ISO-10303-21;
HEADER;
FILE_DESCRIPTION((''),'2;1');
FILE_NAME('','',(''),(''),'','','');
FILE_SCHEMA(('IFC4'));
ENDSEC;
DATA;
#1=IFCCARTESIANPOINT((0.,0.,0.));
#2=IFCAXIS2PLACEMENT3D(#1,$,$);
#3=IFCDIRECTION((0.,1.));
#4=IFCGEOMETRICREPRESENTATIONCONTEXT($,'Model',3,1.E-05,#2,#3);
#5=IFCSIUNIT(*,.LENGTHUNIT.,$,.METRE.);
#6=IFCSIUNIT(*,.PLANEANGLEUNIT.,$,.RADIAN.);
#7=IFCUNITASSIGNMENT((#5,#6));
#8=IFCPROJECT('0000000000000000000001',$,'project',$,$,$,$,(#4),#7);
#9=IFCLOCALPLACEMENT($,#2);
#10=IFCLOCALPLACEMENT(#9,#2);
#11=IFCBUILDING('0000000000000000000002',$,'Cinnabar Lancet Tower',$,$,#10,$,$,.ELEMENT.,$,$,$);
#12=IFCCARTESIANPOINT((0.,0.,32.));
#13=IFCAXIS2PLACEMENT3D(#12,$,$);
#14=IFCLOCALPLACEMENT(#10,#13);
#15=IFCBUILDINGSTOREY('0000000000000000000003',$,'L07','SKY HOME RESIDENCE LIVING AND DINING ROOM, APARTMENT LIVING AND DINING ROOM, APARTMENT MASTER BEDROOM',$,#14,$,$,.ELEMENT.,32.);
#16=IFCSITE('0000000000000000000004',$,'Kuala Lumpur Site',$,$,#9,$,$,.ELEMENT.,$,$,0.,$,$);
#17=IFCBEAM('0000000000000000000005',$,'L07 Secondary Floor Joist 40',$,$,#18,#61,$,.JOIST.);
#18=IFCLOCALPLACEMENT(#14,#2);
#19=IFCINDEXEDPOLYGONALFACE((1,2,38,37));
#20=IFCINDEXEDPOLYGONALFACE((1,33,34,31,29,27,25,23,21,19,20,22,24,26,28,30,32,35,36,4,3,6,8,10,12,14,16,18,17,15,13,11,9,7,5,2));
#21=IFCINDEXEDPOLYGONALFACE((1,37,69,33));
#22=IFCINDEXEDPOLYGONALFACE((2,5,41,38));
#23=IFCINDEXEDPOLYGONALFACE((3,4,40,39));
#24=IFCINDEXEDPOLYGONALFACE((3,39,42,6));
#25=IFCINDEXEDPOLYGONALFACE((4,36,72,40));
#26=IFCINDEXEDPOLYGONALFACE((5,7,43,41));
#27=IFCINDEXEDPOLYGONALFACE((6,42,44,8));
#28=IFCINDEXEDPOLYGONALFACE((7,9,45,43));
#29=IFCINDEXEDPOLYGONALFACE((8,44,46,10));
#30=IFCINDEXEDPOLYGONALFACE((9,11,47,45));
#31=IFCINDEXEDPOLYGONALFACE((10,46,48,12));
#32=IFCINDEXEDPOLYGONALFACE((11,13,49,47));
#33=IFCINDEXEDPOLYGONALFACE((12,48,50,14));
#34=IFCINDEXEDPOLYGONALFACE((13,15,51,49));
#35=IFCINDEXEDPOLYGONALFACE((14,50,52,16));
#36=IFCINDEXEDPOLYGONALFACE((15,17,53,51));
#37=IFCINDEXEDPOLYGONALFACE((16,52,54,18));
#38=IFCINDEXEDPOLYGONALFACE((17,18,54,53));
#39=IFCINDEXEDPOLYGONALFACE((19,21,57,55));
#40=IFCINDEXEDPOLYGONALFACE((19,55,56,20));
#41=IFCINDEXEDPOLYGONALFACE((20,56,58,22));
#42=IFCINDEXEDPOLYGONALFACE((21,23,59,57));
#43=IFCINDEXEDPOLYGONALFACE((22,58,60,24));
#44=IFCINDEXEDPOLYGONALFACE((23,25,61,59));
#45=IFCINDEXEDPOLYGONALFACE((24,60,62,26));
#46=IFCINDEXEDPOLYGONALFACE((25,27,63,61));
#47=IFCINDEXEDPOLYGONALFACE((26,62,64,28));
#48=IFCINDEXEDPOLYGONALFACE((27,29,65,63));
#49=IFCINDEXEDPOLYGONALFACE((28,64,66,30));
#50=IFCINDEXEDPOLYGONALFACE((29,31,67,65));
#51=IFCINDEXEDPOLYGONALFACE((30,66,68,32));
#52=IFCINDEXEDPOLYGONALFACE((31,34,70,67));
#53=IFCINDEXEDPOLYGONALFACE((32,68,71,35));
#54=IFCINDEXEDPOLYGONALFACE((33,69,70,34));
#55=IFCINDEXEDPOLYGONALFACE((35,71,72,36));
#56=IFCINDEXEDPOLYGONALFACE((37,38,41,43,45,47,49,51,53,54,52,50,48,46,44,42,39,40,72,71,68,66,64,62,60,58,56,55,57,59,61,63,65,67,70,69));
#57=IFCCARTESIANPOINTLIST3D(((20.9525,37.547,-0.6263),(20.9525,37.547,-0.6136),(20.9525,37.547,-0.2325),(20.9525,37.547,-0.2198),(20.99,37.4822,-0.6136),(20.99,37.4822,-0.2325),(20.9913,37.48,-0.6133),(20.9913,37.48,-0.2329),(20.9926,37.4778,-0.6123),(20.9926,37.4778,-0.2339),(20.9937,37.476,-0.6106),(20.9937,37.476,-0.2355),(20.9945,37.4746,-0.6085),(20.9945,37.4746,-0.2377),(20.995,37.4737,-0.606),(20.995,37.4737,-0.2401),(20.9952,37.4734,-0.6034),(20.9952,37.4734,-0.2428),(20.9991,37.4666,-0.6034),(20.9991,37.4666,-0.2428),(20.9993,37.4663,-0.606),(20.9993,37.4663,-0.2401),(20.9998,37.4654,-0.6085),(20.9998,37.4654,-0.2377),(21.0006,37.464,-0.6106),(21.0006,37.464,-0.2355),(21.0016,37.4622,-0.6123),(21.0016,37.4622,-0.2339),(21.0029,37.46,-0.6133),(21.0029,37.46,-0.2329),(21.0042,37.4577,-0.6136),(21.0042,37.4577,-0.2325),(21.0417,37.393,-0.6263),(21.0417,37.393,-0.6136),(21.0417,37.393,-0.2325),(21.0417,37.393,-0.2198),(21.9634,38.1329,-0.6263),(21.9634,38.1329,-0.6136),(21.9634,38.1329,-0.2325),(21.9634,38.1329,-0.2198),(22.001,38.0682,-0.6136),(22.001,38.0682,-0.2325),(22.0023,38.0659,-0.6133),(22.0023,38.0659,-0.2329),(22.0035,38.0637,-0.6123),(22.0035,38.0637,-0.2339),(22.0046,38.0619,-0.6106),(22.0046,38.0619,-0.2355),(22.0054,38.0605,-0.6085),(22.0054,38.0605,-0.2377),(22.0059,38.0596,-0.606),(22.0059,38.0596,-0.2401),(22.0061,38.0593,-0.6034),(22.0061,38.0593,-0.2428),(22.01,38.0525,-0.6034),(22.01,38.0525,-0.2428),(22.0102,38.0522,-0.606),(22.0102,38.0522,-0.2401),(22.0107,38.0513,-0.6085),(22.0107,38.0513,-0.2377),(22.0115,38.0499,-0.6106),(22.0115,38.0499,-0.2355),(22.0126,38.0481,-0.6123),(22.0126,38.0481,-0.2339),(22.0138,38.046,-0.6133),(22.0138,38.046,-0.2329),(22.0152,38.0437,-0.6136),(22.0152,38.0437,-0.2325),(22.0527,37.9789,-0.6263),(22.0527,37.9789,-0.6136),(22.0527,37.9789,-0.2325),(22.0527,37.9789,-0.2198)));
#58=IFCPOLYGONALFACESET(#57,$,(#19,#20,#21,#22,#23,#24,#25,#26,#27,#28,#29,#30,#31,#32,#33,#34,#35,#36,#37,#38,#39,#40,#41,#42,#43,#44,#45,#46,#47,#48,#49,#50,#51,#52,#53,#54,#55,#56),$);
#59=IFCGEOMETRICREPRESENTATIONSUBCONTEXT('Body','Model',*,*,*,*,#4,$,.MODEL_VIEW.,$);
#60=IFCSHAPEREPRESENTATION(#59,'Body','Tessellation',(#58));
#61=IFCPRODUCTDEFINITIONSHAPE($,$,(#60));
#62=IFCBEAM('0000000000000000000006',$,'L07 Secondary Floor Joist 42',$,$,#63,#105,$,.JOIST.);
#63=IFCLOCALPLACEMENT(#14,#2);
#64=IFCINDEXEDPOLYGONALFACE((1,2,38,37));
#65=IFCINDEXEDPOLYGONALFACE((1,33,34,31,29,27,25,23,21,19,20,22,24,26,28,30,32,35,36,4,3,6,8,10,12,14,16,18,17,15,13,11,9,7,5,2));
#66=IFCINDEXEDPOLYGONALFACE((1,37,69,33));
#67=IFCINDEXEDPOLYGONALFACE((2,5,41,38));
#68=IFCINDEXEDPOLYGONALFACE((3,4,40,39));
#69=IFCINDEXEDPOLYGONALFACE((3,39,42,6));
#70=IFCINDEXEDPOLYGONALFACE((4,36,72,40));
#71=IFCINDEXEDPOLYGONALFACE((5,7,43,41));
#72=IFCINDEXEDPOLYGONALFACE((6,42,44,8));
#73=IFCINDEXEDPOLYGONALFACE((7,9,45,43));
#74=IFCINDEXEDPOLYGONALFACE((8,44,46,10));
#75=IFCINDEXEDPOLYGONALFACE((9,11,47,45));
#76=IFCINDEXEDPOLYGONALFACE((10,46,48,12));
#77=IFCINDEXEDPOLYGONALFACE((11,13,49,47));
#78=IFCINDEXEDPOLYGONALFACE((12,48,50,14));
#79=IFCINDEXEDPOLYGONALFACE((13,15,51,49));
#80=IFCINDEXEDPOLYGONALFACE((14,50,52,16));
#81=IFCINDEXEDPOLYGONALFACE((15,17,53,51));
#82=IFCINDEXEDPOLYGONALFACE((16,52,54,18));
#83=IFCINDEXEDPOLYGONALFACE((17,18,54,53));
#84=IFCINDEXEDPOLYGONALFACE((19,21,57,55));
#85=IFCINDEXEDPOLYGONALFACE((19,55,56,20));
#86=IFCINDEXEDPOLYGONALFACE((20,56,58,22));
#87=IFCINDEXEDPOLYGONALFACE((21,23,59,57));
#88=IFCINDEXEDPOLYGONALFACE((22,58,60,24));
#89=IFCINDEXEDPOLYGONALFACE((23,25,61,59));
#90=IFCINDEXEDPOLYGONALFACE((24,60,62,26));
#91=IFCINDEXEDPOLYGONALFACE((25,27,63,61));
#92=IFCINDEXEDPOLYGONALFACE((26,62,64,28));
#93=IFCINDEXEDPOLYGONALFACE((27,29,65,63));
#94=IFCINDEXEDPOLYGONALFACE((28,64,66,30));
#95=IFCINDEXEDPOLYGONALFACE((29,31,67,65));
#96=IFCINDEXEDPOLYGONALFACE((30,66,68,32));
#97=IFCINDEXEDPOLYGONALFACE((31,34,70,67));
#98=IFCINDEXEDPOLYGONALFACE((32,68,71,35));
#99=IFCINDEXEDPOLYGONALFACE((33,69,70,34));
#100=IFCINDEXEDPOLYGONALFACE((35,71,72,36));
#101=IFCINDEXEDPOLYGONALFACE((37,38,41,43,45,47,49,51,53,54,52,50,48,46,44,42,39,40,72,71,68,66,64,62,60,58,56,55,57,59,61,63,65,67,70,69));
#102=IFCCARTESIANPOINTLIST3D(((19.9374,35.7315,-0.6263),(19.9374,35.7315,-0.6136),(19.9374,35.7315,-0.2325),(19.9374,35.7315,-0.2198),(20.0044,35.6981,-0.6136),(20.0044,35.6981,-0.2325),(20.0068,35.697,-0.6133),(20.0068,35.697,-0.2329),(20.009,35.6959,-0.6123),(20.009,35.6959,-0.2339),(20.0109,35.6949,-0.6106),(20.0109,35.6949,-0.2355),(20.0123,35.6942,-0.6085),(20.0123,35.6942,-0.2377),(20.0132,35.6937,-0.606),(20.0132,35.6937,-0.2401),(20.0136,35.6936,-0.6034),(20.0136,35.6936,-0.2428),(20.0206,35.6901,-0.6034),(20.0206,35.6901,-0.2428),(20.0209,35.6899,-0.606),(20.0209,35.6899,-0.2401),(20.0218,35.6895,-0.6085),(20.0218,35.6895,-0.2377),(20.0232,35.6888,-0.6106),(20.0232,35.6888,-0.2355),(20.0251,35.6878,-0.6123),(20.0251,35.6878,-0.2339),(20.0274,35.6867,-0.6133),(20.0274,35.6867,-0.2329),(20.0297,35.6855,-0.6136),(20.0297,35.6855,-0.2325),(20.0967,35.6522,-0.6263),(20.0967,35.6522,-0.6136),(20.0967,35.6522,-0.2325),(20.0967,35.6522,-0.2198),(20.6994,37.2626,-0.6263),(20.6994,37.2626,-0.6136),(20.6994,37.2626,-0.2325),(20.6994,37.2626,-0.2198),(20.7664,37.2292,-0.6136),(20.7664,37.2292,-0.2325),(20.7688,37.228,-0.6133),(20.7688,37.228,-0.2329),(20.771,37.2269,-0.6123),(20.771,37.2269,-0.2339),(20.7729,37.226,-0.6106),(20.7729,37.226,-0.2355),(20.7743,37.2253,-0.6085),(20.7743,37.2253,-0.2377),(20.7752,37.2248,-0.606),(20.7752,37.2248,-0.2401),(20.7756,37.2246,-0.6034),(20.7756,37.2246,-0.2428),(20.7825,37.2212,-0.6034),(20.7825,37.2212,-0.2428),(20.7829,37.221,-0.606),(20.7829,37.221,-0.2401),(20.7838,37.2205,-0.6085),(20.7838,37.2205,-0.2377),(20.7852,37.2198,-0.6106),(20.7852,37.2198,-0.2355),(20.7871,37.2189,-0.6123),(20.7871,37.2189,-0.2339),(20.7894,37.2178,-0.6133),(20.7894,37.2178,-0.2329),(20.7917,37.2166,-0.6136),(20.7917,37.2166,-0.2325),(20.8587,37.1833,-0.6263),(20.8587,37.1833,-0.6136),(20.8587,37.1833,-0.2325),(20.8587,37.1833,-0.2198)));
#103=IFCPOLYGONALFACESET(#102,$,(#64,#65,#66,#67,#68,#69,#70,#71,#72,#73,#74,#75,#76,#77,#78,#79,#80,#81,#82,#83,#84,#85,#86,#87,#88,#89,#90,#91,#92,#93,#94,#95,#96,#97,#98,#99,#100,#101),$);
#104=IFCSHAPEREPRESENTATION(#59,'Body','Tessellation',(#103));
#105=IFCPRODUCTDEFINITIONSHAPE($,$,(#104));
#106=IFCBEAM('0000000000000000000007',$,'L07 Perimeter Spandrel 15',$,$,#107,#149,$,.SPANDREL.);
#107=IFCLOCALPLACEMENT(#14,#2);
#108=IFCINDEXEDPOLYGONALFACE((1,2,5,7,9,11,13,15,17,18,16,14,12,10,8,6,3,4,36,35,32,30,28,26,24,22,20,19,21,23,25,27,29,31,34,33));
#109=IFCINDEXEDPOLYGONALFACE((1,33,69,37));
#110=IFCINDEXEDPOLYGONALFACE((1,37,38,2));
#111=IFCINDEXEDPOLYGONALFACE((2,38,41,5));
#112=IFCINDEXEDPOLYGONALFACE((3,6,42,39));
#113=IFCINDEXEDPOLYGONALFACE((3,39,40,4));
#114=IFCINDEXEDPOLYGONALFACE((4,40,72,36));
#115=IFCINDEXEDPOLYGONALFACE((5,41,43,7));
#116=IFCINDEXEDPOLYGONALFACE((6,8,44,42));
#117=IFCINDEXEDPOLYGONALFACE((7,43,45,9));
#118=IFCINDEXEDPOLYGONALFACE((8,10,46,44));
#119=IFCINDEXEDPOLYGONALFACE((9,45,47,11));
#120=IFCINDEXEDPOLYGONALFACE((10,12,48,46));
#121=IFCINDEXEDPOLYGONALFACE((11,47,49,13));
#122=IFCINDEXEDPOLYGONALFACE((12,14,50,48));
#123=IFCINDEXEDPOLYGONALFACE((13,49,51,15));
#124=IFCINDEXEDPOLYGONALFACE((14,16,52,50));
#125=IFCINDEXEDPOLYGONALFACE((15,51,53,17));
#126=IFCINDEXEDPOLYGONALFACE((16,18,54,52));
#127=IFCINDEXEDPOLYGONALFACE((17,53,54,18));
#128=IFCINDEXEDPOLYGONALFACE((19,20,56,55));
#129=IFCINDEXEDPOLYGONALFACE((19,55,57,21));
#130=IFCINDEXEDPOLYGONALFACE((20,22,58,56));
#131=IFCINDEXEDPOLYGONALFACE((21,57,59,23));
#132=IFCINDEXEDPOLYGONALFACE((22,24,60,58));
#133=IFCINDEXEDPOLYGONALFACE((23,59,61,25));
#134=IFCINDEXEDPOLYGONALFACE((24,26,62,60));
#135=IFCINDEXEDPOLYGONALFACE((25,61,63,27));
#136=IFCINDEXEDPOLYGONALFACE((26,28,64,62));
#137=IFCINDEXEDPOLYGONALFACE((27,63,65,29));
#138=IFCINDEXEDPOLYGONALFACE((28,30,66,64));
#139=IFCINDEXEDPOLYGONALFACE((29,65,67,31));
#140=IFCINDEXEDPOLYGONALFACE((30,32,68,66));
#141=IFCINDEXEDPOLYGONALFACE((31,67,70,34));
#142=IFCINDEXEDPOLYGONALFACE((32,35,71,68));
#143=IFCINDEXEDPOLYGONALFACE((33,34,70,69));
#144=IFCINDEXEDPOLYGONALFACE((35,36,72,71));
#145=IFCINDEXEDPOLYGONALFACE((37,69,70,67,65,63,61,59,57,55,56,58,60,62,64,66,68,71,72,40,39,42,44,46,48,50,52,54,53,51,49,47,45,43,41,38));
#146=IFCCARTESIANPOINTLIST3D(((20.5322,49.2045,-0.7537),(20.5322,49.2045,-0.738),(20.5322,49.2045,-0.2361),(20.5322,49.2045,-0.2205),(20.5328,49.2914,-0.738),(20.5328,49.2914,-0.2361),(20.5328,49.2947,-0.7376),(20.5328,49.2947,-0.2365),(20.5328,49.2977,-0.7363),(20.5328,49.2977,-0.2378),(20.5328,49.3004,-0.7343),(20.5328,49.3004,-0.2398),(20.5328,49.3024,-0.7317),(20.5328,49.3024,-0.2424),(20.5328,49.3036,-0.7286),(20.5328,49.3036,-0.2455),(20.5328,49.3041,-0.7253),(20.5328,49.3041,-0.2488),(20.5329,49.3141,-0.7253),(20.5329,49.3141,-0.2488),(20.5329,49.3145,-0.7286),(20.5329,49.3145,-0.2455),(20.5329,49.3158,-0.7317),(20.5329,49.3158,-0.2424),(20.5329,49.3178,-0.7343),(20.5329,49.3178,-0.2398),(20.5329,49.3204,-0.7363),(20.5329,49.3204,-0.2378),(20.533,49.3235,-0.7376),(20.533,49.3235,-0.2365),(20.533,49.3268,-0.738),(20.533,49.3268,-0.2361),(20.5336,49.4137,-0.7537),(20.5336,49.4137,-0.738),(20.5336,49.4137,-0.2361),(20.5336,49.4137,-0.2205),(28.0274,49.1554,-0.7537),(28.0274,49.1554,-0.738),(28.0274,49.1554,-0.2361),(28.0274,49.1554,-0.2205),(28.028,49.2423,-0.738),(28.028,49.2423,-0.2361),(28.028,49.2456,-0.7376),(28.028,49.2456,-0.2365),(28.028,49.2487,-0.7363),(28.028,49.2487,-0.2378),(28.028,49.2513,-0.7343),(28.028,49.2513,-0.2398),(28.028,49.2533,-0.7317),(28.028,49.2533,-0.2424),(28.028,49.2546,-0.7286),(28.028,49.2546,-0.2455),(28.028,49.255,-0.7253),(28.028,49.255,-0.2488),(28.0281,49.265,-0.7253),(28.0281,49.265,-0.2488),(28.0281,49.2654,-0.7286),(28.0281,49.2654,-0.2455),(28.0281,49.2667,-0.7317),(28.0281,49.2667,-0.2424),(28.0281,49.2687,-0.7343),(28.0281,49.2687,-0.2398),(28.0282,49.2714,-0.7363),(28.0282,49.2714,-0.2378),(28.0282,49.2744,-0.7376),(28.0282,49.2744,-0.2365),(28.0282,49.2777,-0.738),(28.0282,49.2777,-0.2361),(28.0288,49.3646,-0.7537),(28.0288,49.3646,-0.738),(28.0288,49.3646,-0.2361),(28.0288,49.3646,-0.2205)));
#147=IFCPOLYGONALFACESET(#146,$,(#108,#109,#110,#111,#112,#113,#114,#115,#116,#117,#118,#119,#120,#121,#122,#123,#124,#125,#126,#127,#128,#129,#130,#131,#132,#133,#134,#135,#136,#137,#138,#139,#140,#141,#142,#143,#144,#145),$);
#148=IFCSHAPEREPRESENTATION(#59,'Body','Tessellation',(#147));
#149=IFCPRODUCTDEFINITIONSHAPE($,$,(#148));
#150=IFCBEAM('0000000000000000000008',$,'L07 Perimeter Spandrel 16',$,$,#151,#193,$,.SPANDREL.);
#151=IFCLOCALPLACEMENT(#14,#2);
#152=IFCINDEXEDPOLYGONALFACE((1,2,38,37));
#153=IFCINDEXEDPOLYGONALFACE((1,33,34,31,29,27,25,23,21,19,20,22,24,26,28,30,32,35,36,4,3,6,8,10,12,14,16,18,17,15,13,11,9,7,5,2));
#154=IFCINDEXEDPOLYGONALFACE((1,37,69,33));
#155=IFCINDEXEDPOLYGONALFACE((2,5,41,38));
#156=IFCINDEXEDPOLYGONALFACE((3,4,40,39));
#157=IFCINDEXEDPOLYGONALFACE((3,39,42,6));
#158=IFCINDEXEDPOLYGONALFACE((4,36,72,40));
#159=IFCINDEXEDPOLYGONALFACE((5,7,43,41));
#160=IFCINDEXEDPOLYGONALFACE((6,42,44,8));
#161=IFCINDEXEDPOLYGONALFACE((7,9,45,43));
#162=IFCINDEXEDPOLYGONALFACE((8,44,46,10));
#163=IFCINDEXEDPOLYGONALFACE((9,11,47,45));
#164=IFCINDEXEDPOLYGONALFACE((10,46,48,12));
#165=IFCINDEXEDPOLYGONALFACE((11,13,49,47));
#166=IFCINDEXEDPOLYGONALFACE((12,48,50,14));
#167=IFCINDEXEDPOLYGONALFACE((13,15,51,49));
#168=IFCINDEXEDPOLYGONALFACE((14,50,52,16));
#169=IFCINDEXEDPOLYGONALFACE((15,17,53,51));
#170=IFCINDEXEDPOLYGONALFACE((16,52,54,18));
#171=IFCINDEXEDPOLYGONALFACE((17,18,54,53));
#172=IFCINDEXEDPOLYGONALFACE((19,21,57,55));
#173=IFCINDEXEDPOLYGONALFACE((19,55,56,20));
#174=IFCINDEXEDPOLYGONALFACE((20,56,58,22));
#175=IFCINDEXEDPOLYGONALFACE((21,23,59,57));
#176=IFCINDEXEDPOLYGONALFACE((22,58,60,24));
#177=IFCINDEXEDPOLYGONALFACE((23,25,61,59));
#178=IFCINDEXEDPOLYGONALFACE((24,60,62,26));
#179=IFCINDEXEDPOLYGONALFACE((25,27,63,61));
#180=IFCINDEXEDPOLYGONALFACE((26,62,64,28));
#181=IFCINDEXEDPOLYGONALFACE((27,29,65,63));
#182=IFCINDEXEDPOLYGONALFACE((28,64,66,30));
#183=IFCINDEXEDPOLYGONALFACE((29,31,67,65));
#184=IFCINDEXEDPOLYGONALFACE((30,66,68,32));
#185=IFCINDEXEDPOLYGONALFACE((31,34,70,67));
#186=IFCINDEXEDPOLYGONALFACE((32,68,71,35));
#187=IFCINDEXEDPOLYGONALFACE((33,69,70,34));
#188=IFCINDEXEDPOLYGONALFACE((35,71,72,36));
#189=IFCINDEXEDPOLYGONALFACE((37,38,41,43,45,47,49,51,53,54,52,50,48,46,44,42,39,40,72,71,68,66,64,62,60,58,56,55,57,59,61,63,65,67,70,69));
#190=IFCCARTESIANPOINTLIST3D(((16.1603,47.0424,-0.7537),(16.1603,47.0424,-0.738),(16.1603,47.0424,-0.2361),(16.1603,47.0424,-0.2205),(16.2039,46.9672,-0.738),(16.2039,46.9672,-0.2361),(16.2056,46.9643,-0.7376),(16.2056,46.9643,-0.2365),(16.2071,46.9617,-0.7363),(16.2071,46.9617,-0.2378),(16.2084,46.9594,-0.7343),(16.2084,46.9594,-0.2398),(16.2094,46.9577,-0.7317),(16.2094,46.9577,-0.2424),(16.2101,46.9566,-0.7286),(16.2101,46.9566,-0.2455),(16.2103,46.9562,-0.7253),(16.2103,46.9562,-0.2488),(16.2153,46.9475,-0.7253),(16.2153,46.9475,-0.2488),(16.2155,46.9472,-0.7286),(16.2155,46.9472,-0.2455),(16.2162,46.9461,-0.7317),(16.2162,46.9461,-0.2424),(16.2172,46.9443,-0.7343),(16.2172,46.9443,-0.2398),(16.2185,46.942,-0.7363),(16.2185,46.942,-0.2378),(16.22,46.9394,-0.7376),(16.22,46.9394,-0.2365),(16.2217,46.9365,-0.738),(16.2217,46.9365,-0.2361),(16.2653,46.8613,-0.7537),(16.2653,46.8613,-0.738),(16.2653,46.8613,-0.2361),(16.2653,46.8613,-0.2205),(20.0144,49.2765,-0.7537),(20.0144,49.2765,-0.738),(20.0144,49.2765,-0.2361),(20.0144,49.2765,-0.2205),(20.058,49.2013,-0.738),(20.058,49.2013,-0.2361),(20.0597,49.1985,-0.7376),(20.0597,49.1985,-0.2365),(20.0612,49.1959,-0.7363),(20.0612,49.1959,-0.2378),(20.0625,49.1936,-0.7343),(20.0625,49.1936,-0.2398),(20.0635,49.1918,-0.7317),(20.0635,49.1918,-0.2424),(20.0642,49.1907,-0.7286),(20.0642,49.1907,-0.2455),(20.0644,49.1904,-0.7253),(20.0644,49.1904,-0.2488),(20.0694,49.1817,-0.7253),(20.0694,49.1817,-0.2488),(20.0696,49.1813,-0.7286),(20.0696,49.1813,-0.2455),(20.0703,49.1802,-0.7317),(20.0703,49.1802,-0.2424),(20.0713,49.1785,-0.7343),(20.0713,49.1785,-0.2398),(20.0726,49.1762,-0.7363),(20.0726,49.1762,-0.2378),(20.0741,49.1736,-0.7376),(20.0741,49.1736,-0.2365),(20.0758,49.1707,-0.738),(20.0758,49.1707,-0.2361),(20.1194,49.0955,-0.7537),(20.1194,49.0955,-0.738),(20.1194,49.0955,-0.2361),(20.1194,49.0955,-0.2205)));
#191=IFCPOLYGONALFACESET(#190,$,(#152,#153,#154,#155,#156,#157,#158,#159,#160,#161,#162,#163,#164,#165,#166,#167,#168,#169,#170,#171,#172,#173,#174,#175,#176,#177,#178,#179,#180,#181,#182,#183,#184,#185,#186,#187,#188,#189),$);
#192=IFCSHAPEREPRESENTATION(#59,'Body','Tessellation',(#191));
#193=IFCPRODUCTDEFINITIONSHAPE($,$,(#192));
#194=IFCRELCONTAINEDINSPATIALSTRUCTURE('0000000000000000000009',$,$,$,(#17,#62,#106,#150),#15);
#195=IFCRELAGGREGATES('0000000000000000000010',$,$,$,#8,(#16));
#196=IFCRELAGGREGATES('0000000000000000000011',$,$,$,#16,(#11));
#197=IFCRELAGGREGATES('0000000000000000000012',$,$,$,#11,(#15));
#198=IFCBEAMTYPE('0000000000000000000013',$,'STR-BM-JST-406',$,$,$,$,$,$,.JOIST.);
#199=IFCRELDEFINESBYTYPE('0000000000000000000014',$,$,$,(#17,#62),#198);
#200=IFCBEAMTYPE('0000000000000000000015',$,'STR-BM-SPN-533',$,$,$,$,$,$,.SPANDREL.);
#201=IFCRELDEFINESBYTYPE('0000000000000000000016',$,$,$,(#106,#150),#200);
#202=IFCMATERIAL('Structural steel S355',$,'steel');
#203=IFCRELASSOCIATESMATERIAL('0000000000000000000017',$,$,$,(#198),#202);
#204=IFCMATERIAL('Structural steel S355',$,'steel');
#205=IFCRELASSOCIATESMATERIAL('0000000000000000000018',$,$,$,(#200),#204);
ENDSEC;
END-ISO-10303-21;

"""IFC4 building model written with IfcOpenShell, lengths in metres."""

from ifc_helpers import new_model, si_unit, direction, frame, origin, origin_2d, place, context, subcontext, project, spatial, i_section, extrude, material, material_profile, profile_set, type_object, element, save


model = new_model("IFC4")

# Units and contexts
model_context = context("Model", 3, precision=1e-05, world=origin(), true_north=direction((0.0, 1.0)))
body_context = subcontext(model_context, "Body", "Model", "MODEL_VIEW")
ifc_project = project(units=[si_unit("LENGTHUNIT", "METRE"), si_unit("PLANEANGLEUNIT", "RADIAN")], contexts=[model_context])

# Site, building, storey
site_placement = place(None, origin())
site = spatial("IfcSite", under=ifc_project, at=site_placement, Name="Kuala Lumpur Site", CompositionType="ELEMENT", RefElevation=0.0)
building_placement = place(site_placement, origin())
building = spatial("IfcBuilding", under=site, at=building_placement, Name="Cinnabar Lancet Tower", CompositionType="ELEMENT")
storey_placement = place(building_placement, frame((0.0, 0.0, 32.0)))
storey = spatial("IfcBuildingStorey", under=building, at=storey_placement, Name="L07", Description="SKY HOME RESIDENCE LIVING AND DINING ROOM, APARTMENT LIVING AND DINING ROOM, APARTMENT MASTER BEDROOM", CompositionType="ELEMENT", Elevation=32.0)

# Beams
ifc_material_1 = material(Name="Structural steel S355", Category="steel")
ifc_material_profile_1 = material_profile(ifc_material_1, i_section(OverallWidth=0.178, OverallDepth=0.4065, WebThickness=0.0078, FlangeThickness=0.0127, FilletRadius=0.0103, at=origin_2d()), Name="UKB 406x178x60")
ifc_profile_set_1 = profile_set([ifc_material_profile_1], Name="Structural steel S355")
beam_type_1 = type_object("IfcBeamType", Name="STR-BM-JST-406", PredefinedType="JOIST", material=ifc_profile_set_1)
beam_1_placement = place(storey_placement, frame((22.0081, 38.0559, -0.4231), z_axis=(-0.865193, -0.50144, 0.0), x_axis=(0.50144, -0.865193, 0.0)))
element("IfcBeam", 1, at=beam_1_placement, inside=storey, type_object=beam_type_1, Name="L07 Secondary Floor Joist 40", PredefinedType="JOIST", context=body_context, shape_type="SweptSolid", body=[
    extrude(i_section(OverallWidth=0.178, OverallDepth=0.4065, WebThickness=0.0078, FlangeThickness=0.0127, FilletRadius=0.0103, at=origin_2d()), origin(), (0.0, 0.0, 1.0), 1.1685),
])
beam_2_placement = place(storey_placement, frame((20.7791, 37.2229, -0.4231), z_axis=(-0.445557, -0.895254, 0.0), x_axis=(0.895254, -0.445557, 0.0)))
element("IfcBeam", 2, at=beam_2_placement, inside=storey, type_object=beam_type_1, Name="L07 Secondary Floor Joist 42", PredefinedType="JOIST", context=body_context, shape_type="SweptSolid", body=[
    extrude(i_section(OverallWidth=0.178, OverallDepth=0.4065, WebThickness=0.0078, FlangeThickness=0.0127, FilletRadius=0.0103, at=origin_2d()), origin(), (0.0, 0.0, 1.0), 1.7102),
])
ifc_material_2 = material(Name="Structural steel S355", Category="steel")
ifc_material_profile_2 = material_profile(ifc_material_2, i_section(OverallWidth=0.2092, OverallDepth=0.5332, WebThickness=0.01, FlangeThickness=0.0156, FilletRadius=0.0127, at=origin_2d()), Name="UKB 533x210x92")
ifc_profile_set_2 = profile_set([ifc_material_profile_2], Name="Structural steel S355")
beam_type_2 = type_object("IfcBeamType", Name="STR-BM-SPN-533", PredefinedType="SPANDREL", material=ifc_profile_set_2)
beam_3_placement = place(storey_placement, frame((28.0281, 49.26, -0.4871), z_axis=(-0.999979, 0.006547, 0.0), x_axis=(-0.006547, -0.999979, 0.0)))
element("IfcBeam", 3, at=beam_3_placement, inside=storey, type_object=beam_type_2, Name="L07 Perimeter Spandrel 15", PredefinedType="SPANDREL", context=body_context, shape_type="SweptSolid", body=[
    extrude(i_section(OverallWidth=0.2092, OverallDepth=0.5332, WebThickness=0.01, FlangeThickness=0.0156, FilletRadius=0.0127, at=origin_2d()), origin(), (0.0, 0.0, 1.0), 7.4954),
])
beam_4_placement = place(storey_placement, frame((20.0669, 49.186, -0.4871), z_axis=(-0.865147, -0.501518, 0.0), x_axis=(0.501518, -0.865147, 0.0)))
element("IfcBeam", 4, at=beam_4_placement, inside=storey, type_object=beam_type_2, Name="L07 Perimeter Spandrel 16", PredefinedType="SPANDREL", context=body_context, shape_type="SweptSolid", body=[
    extrude(i_section(OverallWidth=0.2092, OverallDepth=0.5332, WebThickness=0.01, FlangeThickness=0.0156, FilletRadius=0.0127, at=origin_2d()), origin(), (0.0, 0.0, 1.0), 4.4548),
])

save(model, "model.ifc")
